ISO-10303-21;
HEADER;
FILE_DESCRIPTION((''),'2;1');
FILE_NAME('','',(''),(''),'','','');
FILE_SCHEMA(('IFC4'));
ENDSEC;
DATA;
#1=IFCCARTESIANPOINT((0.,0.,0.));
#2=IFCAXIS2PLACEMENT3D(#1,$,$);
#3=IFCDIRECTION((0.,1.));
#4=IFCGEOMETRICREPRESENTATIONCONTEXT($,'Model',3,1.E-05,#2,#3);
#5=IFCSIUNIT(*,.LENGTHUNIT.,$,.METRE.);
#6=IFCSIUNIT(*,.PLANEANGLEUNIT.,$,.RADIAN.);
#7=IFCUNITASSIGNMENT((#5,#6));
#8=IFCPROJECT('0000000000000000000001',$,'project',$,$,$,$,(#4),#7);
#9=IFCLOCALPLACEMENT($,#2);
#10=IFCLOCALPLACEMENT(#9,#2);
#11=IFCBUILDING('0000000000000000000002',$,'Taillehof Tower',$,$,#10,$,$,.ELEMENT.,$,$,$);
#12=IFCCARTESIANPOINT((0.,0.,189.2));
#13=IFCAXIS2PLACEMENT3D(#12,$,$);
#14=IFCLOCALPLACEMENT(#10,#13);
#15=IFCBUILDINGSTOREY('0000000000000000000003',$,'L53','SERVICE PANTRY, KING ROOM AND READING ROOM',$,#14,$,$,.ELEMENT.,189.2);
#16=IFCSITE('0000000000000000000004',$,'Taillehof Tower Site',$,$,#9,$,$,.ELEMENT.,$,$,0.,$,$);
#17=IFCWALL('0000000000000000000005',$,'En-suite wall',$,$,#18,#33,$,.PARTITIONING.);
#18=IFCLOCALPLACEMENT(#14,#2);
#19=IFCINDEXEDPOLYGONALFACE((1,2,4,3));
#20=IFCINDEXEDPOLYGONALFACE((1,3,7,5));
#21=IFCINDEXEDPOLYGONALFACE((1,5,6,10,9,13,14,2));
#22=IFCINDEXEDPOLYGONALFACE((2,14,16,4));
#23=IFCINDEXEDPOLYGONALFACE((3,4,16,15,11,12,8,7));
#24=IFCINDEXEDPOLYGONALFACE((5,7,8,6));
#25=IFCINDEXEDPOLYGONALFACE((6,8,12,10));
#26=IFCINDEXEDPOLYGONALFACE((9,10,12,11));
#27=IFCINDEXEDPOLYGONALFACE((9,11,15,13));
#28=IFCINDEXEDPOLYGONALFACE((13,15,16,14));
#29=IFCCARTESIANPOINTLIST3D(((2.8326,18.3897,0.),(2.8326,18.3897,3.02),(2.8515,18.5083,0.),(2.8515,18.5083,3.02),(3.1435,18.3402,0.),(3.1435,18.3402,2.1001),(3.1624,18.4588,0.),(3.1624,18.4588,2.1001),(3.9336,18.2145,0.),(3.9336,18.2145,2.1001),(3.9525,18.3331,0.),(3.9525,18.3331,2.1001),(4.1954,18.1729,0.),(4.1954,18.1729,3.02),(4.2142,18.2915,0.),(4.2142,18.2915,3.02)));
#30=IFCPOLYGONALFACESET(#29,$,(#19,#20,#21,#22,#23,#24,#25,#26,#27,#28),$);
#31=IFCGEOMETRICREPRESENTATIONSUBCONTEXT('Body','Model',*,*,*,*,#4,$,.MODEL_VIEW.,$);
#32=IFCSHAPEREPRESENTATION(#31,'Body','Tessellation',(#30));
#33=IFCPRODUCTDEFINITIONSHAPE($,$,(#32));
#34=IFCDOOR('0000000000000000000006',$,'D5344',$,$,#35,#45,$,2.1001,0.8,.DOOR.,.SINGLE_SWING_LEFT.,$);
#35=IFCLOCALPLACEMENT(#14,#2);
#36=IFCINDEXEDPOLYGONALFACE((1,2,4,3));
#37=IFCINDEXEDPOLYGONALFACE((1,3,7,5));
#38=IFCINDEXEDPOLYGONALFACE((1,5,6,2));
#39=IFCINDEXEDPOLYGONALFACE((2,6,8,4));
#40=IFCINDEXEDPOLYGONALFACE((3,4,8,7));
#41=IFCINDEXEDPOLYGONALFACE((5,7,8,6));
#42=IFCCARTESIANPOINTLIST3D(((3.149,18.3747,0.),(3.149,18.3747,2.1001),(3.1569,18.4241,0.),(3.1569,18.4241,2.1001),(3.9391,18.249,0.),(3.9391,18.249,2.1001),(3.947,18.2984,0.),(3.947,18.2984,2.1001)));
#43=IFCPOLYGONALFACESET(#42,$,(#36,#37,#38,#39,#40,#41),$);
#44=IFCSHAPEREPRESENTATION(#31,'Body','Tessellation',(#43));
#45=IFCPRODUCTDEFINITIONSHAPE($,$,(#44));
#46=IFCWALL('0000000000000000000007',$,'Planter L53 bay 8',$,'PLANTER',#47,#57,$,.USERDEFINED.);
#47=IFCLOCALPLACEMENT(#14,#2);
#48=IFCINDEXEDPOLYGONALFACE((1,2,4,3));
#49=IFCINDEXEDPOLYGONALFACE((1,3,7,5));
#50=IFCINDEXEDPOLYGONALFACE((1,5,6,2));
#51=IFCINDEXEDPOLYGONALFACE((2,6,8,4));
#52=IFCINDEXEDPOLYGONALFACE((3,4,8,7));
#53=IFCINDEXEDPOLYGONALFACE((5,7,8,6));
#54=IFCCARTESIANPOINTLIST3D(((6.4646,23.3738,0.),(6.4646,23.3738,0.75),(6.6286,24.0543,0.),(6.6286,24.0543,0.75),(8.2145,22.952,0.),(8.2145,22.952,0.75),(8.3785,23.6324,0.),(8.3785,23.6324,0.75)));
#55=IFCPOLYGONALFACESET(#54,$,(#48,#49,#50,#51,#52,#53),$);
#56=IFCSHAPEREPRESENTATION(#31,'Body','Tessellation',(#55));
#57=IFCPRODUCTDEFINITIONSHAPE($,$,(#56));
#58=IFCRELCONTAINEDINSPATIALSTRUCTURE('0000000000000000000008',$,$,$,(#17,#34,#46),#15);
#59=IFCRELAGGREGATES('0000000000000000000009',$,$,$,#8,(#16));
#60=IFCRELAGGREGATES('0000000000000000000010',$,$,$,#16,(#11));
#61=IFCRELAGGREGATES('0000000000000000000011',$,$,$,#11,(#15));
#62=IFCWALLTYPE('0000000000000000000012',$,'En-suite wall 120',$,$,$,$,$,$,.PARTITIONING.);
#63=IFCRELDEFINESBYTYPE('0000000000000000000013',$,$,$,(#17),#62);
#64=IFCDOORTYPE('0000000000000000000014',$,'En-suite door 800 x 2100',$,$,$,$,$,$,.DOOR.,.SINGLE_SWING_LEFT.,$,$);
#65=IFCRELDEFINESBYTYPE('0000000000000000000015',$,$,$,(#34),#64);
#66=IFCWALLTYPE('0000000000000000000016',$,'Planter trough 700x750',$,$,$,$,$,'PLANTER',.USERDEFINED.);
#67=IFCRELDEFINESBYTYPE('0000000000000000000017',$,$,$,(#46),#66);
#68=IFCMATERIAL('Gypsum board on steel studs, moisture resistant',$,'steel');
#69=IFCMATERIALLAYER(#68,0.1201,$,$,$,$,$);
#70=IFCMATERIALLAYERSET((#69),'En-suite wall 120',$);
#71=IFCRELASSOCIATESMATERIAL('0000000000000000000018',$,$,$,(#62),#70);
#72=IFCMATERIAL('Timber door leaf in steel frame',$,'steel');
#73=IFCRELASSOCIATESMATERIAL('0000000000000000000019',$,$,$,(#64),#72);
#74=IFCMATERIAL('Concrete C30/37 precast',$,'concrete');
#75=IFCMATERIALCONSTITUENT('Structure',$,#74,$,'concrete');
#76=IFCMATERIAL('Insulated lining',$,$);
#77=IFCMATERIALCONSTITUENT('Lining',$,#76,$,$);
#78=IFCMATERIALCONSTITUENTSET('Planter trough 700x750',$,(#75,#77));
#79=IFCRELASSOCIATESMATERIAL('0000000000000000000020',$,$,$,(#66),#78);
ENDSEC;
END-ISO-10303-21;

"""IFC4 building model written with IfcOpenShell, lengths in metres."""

from ifc_helpers import new_model, si_unit, direction, frame, frame_2d, origin, place, context, subcontext, project, spatial, rectangle, extrude, material, layer, layer_set, constituent, constituent_set, type_object, element, fill, save


model = new_model("IFC4")

# Units and contexts
model_context = context("Model", 3, precision=1e-05, world=origin(), true_north=direction((0.0, 1.0)))
body_context = subcontext(model_context, "Body", "Model", "MODEL_VIEW")
ifc_project = project(units=[si_unit("LENGTHUNIT", "METRE"), si_unit("PLANEANGLEUNIT", "RADIAN")], contexts=[model_context])

# Site, building, storey
site_placement = place(None, origin())
site = spatial("IfcSite", under=ifc_project, at=site_placement, Name="Taillehof Tower Site", CompositionType="ELEMENT", RefElevation=0.0)
building_placement = place(site_placement, origin())
building = spatial("IfcBuilding", under=site, at=building_placement, Name="Taillehof Tower", CompositionType="ELEMENT")
storey_placement = place(building_placement, frame((0.0, 0.0, 189.2)))
storey = spatial("IfcBuildingStorey", under=building, at=storey_placement, Name="L53", Description="SERVICE PANTRY, KING ROOM AND READING ROOM", CompositionType="ELEMENT", Elevation=189.2)

# Shared definitions
ifc_material_1 = material(Name="Gypsum board on steel studs, moisture resistant", Category="steel")
ifc_layer_1 = layer(ifc_material_1, 0.1201)
ifc_layer_set_1 = layer_set([ifc_layer_1], Name="En-suite wall 120")
wall_type_1 = type_object("IfcWallType", Name="En-suite wall 120", PredefinedType="PARTITIONING", material=ifc_layer_set_1)

# Wall, opening, door
wall_1_placement = place(storey_placement, frame((2.842, 18.449, 0.0), z_axis=(0.0, 0.0, 1.0), x_axis=(0.987582, -0.157107, 0.0)))
wall_1 = element("IfcWall", 1, at=wall_1_placement, inside=storey, type_object=wall_type_1, Name="En-suite wall", PredefinedType="PARTITIONING", context=body_context, shape_type="SweptSolid", body=[
    extrude(rectangle(XDim=1.3799, YDim=0.1201, at=frame_2d((0.6899, 0.0))), origin(), (0.0, 0.0, 1.0), 3.02),
])
opening_1_placement = place(wall_1_placement, frame((0.3149, 0.0, 0.0)))
opening_1 = element("IfcOpeningElement", 2, at=opening_1_placement, cuts=wall_1, PredefinedType="OPENING", context=body_context, shape_type="SweptSolid", body=[
    extrude(rectangle(XDim=0.8, YDim=2.1001, at=frame_2d((0.3999, 1.05))), frame((0.0, 0.0701, 0.0), z_axis=(0.0, -1.0, 0.0), x_axis=(1.0, 0.0, 0.0)), (0.0, 0.0, 1.0), 0.1401),
])
ifc_material_2 = material(Name="Timber door leaf in steel frame", Category="steel")
door_type_1 = type_object("IfcDoorType", Name="En-suite door 800 x 2100", OperationType="SINGLE_SWING_LEFT", PredefinedType="DOOR", material=ifc_material_2)
door_1_placement = place(opening_1_placement, origin())
door_1 = element("IfcDoor", 3, at=door_1_placement, inside=storey, type_object=door_type_1, Name="D5344", OperationType="SINGLE_SWING_LEFT", OverallHeight=2.1001, OverallWidth=0.8, PredefinedType="DOOR", context=body_context, shape_type="SweptSolid", body=[
    extrude(rectangle(XDim=0.8, YDim=2.1001, at=frame_2d((0.3999, 1.05))), frame((0.0, 0.0249, 0.0), z_axis=(0.0, -1.0, 0.0), x_axis=(1.0, 0.0, 0.0)), (0.0, 0.0, 1.0), 0.05),
])
fill(opening_1, door_1)

# Wall
ifc_material_3 = material(Name="Concrete C30/37 precast", Category="concrete")
ifc_constituent_1 = constituent(ifc_material_3, Name="Structure", Category="concrete")
ifc_material_4 = material(Name="Insulated lining")
ifc_constituent_2 = constituent(ifc_material_4, Name="Lining")
ifc_constituent_set = constituent_set(constituents=[ifc_constituent_1, ifc_constituent_2], Name="Planter trough 700x750")
wall_type_2 = type_object("IfcWallType", Name="Planter trough 700x750", ElementType="PLANTER", PredefinedType="USERDEFINED", material=ifc_constituent_set)
wall_2_placement = place(storey_placement, frame((8.2964, 23.2922, 0.0), z_axis=(0.0, 0.0, 1.0), x_axis=(-0.97215, 0.234358, 0.0)))
element("IfcWall", 4, at=wall_2_placement, inside=storey, type_object=wall_type_2, Name="Planter L53 bay 8", ObjectType="PLANTER", PredefinedType="USERDEFINED", context=body_context, shape_type="SweptSolid", body=[
    extrude(rectangle(XDim=1.8, YDim=0.7, at=frame_2d((0.8999, 0.0))), origin(), (0.0, 0.0, 1.0), 0.75),
])

save(model, "model.ifc")
